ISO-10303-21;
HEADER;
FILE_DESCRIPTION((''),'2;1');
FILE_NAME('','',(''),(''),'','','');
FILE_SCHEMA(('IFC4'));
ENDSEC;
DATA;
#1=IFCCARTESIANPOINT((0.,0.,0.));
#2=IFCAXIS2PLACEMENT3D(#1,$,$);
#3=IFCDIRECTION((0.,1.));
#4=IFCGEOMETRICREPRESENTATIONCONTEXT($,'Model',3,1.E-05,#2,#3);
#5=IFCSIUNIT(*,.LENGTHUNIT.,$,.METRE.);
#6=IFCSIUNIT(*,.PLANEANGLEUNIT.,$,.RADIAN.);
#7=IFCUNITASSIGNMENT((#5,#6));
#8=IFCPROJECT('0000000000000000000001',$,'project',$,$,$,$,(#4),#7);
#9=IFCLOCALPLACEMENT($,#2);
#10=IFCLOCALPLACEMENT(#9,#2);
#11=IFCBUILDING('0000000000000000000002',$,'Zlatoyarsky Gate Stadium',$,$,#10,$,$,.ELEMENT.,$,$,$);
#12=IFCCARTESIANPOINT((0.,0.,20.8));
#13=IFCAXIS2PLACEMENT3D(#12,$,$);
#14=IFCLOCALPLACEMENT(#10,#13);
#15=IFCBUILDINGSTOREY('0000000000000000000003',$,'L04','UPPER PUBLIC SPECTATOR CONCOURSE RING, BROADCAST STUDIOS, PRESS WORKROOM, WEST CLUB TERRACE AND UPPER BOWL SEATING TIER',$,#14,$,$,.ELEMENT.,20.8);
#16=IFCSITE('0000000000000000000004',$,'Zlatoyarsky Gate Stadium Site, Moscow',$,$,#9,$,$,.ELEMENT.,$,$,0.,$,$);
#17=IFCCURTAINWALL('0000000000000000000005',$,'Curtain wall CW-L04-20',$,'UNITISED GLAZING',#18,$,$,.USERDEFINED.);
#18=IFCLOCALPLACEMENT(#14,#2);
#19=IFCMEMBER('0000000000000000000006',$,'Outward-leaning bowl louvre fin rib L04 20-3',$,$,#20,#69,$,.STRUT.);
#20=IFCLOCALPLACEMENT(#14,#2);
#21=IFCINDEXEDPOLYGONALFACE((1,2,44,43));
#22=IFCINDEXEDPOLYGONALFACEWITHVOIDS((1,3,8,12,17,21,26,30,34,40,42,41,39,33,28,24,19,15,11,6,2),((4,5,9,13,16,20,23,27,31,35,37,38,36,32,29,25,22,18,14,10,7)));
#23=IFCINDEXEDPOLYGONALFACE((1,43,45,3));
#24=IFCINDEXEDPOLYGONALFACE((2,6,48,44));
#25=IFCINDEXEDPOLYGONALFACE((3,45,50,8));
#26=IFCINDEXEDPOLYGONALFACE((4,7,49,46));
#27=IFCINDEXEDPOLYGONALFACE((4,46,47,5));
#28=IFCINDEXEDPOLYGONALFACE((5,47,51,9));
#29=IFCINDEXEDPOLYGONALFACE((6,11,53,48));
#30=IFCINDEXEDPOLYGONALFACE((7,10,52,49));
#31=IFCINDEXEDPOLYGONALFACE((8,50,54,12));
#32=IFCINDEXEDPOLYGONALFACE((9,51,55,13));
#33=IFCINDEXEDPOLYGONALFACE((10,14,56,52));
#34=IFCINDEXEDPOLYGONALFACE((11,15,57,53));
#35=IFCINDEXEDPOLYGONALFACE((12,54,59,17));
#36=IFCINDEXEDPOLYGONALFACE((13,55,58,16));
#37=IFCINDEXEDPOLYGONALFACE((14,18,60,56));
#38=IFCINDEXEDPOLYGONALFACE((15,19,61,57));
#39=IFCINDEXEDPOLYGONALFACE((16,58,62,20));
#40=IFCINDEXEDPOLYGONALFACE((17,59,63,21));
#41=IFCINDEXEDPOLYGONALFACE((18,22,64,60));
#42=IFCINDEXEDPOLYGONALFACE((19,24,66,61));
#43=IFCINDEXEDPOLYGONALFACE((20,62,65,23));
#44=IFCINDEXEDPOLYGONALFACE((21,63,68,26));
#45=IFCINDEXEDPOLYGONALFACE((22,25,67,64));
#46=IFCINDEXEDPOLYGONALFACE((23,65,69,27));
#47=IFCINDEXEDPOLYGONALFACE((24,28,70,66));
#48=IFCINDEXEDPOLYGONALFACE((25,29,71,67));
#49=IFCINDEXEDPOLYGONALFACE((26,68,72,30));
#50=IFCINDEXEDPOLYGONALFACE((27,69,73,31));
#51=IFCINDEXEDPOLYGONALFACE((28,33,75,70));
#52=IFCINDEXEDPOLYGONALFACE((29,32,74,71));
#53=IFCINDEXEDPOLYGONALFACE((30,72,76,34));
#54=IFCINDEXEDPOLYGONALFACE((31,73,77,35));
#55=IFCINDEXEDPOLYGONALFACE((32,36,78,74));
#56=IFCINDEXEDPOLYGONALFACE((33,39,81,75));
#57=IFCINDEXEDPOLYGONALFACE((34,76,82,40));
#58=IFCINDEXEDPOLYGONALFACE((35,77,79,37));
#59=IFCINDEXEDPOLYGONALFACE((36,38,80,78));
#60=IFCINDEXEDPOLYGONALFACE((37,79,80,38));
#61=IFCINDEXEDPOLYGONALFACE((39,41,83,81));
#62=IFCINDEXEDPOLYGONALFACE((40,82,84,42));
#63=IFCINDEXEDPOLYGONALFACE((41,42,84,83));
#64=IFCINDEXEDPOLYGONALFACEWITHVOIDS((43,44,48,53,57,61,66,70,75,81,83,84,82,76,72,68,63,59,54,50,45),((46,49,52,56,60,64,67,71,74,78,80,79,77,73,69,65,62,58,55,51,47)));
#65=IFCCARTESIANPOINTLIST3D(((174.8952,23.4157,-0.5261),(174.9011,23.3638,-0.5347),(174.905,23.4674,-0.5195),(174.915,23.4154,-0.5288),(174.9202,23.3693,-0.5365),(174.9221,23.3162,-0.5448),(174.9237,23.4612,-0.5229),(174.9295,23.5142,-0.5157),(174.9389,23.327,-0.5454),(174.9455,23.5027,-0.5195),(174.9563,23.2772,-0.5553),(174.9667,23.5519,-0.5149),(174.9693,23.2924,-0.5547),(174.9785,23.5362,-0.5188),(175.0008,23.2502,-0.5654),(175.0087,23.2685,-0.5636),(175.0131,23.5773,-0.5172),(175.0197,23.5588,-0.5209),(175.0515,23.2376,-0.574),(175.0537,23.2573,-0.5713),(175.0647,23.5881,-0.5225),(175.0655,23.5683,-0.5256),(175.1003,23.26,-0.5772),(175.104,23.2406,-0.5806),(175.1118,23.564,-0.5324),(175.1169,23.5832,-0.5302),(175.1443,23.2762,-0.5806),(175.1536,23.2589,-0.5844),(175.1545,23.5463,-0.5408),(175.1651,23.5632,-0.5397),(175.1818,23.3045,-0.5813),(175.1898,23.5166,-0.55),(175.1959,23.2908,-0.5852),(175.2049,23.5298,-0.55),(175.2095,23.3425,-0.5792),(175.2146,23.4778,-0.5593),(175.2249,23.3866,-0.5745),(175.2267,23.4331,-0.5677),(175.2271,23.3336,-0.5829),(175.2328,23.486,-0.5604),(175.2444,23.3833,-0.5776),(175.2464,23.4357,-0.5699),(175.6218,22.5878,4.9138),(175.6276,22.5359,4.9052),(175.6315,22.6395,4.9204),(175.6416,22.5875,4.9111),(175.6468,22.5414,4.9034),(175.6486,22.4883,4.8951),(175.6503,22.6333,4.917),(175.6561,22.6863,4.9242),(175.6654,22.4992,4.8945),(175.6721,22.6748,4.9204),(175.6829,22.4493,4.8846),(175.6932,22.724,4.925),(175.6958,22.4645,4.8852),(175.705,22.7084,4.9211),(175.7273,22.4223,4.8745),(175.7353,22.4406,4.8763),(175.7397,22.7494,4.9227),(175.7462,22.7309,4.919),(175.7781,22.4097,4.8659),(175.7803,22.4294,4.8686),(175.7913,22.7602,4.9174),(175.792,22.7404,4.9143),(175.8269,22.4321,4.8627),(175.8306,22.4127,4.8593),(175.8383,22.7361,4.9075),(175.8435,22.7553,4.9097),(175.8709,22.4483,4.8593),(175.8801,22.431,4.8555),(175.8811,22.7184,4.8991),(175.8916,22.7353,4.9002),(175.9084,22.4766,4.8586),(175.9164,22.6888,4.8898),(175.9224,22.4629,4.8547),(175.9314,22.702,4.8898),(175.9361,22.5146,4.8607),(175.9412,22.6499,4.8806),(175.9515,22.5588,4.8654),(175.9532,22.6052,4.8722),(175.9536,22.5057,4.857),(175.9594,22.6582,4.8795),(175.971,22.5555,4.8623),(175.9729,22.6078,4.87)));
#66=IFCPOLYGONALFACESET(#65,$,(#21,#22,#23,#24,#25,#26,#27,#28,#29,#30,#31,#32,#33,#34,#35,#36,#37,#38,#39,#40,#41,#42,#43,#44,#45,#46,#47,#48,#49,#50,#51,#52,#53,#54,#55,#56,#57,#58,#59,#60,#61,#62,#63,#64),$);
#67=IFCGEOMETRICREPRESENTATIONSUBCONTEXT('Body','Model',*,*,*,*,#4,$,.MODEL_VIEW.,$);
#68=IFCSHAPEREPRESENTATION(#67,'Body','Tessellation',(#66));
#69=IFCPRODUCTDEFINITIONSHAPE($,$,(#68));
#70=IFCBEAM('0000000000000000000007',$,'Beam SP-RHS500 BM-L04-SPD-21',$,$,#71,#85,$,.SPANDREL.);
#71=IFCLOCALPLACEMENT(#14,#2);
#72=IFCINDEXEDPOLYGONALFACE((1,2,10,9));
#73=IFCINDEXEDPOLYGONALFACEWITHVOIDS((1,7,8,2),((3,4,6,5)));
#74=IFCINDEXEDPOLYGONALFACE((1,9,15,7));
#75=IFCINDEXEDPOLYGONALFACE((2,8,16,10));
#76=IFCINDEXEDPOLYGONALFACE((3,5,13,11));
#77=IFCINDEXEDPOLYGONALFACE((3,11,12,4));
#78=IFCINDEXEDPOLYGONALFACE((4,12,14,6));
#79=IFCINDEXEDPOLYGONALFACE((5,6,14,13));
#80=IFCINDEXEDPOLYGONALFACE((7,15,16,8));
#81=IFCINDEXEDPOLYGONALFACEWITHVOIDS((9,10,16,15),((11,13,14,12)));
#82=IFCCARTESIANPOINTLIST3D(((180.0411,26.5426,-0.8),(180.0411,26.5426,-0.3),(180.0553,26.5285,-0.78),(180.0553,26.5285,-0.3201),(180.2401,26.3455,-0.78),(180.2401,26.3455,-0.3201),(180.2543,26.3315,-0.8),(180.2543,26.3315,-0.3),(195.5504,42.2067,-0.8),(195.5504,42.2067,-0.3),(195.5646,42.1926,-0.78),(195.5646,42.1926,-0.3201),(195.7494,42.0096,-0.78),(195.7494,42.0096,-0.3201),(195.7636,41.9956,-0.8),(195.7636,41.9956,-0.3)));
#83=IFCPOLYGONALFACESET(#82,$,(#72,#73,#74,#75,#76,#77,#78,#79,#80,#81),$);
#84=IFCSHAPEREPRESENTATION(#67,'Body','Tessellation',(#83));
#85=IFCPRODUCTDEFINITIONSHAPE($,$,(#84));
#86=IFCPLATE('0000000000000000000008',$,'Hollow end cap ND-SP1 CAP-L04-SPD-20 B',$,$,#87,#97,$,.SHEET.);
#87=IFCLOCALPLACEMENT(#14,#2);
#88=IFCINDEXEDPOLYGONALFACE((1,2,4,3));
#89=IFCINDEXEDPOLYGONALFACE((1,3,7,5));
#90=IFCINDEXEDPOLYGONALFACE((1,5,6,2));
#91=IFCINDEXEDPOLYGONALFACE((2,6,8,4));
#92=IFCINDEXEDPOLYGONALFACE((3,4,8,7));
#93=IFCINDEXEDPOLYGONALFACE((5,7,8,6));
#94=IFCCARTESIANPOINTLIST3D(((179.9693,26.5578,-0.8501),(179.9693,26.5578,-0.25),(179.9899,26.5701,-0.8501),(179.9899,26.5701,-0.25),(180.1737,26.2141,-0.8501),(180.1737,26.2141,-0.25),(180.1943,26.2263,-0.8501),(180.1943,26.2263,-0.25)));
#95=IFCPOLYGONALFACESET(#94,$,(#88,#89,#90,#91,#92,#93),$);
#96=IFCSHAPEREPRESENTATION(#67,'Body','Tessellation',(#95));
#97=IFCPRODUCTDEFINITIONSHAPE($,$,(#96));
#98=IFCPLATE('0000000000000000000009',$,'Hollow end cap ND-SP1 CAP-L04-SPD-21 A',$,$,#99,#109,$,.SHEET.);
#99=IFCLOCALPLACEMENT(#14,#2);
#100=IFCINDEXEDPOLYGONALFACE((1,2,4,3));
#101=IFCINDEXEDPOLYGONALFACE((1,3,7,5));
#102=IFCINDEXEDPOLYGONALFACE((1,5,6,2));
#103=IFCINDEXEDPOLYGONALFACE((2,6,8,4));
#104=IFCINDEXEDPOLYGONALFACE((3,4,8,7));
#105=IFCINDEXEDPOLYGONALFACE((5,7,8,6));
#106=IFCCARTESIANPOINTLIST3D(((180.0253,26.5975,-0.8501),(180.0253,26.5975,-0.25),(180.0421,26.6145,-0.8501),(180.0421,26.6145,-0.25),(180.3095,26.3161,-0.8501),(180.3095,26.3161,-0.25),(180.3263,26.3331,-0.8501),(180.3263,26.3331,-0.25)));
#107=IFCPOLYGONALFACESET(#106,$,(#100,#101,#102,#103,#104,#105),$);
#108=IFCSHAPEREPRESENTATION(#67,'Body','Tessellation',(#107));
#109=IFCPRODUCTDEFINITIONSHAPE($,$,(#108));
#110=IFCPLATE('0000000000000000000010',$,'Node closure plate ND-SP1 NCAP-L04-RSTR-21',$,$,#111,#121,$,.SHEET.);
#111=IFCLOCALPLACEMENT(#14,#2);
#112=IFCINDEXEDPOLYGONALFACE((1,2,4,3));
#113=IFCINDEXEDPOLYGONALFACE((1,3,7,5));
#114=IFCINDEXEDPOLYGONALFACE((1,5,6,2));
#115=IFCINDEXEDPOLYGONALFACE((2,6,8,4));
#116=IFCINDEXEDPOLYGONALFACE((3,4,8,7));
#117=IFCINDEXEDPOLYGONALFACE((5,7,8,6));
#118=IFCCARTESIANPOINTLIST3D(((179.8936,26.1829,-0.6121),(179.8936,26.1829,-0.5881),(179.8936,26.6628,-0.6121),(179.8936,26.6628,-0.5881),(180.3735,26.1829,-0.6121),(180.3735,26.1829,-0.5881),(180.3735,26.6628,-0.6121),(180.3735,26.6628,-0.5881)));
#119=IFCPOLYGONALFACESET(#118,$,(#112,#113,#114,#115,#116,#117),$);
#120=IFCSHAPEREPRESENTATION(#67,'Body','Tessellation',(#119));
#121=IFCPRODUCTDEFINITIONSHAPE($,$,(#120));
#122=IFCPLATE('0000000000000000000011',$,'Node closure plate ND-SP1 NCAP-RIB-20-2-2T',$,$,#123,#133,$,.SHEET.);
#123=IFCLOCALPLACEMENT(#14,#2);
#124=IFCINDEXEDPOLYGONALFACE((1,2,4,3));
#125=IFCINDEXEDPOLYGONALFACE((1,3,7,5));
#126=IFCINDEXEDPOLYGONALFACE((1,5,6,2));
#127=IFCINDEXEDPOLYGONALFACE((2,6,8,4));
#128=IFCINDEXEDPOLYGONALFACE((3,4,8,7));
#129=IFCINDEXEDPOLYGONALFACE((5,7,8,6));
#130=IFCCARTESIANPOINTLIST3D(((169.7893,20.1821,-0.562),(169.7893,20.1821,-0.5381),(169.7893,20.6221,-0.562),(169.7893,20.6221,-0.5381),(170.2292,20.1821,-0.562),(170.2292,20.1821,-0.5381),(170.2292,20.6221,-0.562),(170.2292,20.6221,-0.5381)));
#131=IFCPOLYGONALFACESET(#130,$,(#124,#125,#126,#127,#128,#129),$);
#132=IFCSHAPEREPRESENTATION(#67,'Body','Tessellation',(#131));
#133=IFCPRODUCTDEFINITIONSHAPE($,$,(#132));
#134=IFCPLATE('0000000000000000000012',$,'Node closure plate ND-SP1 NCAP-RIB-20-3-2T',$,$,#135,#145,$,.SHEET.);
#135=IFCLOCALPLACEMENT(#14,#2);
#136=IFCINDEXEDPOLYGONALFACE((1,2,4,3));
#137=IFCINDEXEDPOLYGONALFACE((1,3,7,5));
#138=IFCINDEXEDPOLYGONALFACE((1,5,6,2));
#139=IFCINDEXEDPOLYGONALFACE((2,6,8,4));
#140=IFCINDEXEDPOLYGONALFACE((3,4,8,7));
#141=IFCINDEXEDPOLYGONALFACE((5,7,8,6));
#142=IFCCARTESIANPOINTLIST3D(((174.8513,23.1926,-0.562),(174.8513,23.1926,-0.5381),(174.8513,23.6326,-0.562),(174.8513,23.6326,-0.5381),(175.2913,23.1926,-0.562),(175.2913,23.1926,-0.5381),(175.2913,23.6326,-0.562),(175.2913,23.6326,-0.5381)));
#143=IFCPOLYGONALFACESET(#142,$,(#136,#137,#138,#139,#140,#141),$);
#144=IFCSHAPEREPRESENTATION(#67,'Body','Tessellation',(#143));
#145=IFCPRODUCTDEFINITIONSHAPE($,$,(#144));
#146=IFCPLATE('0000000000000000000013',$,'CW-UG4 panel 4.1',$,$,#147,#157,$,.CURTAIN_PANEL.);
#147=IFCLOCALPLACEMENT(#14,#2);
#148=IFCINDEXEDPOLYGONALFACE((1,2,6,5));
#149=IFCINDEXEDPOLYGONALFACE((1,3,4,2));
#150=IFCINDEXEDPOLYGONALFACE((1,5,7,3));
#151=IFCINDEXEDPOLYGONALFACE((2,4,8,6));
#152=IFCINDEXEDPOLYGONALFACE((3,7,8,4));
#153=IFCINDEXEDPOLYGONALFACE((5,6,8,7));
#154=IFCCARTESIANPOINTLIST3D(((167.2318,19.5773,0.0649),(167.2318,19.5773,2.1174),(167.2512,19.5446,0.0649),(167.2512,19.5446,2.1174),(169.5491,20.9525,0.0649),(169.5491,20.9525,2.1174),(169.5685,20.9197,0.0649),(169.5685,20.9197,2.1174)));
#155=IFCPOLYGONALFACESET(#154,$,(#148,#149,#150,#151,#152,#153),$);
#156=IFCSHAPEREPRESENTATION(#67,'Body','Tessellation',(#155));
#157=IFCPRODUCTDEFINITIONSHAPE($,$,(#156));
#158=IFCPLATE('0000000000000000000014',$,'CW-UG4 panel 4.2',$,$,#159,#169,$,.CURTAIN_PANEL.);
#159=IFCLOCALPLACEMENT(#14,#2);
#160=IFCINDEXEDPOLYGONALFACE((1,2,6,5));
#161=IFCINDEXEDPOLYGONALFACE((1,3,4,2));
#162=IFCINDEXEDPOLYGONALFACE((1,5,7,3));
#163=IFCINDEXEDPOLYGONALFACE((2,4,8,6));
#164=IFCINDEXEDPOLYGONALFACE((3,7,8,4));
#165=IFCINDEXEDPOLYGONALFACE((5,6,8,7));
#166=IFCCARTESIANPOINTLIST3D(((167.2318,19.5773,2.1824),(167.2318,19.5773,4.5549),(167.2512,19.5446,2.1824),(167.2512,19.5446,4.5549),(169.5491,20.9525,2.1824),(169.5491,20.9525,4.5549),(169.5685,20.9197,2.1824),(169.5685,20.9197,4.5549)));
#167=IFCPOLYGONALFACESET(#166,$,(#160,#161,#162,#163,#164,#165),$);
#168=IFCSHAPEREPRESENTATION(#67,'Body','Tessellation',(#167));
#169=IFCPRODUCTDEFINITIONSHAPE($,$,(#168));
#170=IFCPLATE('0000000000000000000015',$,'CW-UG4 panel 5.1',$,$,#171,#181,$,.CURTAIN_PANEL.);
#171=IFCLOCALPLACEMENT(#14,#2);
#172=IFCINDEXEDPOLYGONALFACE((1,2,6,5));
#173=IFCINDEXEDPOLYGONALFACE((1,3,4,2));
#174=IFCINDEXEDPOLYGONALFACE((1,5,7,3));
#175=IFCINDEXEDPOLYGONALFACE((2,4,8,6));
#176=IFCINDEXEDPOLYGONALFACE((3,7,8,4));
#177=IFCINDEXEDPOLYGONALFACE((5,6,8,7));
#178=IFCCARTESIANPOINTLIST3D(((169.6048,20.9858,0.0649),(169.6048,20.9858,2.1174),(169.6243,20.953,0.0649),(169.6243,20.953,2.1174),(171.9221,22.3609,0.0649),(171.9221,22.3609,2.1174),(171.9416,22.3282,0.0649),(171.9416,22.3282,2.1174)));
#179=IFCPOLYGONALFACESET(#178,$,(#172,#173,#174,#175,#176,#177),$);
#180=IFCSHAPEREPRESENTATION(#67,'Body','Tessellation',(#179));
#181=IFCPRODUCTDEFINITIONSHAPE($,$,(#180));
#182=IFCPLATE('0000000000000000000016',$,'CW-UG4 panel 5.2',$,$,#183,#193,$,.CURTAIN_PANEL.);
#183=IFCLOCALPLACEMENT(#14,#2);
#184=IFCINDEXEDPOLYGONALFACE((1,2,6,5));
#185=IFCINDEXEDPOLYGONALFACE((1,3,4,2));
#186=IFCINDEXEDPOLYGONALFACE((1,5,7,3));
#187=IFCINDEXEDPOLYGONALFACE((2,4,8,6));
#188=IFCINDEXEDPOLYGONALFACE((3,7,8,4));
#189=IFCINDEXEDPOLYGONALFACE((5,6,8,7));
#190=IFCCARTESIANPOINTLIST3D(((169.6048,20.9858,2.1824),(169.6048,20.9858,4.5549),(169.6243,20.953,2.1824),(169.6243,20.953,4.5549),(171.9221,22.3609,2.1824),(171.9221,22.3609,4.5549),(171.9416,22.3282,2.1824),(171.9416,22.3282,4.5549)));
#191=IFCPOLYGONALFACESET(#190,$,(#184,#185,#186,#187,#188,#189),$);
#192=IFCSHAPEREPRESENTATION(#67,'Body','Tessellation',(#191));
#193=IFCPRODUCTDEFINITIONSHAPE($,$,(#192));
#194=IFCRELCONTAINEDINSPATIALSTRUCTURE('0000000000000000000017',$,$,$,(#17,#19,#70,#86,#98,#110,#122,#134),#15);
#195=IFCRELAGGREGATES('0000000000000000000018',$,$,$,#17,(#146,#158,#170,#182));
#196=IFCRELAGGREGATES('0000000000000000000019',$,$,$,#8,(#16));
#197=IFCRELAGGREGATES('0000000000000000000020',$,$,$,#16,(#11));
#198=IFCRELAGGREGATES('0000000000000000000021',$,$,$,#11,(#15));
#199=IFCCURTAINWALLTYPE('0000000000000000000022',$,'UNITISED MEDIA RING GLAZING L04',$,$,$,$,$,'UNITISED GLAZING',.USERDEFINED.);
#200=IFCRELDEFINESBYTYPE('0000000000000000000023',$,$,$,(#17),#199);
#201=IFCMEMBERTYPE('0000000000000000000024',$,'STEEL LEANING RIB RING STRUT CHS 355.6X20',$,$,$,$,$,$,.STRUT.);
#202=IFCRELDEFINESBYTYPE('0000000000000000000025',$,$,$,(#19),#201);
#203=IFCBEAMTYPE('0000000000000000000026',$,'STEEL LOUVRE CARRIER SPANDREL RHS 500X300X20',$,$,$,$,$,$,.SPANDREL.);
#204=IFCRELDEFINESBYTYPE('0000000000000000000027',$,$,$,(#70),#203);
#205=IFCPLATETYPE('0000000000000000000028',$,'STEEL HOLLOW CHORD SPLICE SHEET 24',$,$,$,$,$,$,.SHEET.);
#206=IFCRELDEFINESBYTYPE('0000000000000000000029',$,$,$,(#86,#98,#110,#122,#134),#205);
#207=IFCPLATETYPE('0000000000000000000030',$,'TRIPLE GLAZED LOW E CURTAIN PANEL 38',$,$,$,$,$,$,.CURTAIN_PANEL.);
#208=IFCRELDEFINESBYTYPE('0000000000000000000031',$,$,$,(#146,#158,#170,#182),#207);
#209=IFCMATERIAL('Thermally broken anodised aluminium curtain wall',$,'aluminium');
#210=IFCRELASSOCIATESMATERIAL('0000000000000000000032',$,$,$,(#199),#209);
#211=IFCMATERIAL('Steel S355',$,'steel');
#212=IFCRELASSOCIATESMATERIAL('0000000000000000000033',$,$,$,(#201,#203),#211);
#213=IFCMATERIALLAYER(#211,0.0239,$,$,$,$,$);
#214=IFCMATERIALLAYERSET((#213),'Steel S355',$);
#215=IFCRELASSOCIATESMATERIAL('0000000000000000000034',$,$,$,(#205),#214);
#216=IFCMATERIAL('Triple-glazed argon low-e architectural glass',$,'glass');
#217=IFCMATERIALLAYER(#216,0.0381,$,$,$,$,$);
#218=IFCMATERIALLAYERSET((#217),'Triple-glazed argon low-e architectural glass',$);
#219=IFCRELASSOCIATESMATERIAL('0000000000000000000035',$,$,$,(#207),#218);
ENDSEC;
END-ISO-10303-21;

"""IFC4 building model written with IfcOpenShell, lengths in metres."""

from ifc_helpers import new_model, si_unit, direction, frame, origin, origin_2d, place, context, subcontext, project, spatial, rectangle, hollow_rectangle, hollow_circle, extrude, material, layer, layer_set, material_profile, profile_set, type_object, element, aggregate, save


model = new_model("IFC4")

# Units and contexts
model_context = context("Model", 3, precision=1e-05, world=origin(), true_north=direction((0.0, 1.0)))
body_context = subcontext(model_context, "Body", "Model", "MODEL_VIEW")
ifc_project = project(units=[si_unit("LENGTHUNIT", "METRE"), si_unit("PLANEANGLEUNIT", "RADIAN")], contexts=[model_context])

# Site, building, storey
site_placement = place(None, origin())
site = spatial("IfcSite", under=ifc_project, at=site_placement, Name="Zlatoyarsky Gate Stadium Site, Moscow", CompositionType="ELEMENT", RefElevation=0.0)
building_placement = place(site_placement, origin())
building = spatial("IfcBuilding", under=site, at=building_placement, Name="Zlatoyarsky Gate Stadium", CompositionType="ELEMENT")
storey_placement = place(building_placement, frame((0.0, 0.0, 20.8)))
storey = spatial("IfcBuildingStorey", under=building, at=storey_placement, Name="L04", Description="UPPER PUBLIC SPECTATOR CONCOURSE RING, BROADCAST STUDIOS, PRESS WORKROOM, WEST CLUB TERRACE AND UPPER BOWL SEATING TIER", CompositionType="ELEMENT", Elevation=20.8)

# Curtain wall
ifc_material_1 = material(Name="Thermally broken anodised aluminium curtain wall", Category="aluminium")
curtain_wall_type = type_object("IfcCurtainWallType", Name="UNITISED MEDIA RING GLAZING L04", ElementType="UNITISED GLAZING", PredefinedType="USERDEFINED", material=ifc_material_1)
curtain_wall_1_placement = place(storey_placement, origin())
curtain_wall_1 = element("IfcCurtainWall", 1, at=curtain_wall_1_placement, inside=storey, type_object=curtain_wall_type, Name="Curtain wall CW-L04-20", ObjectType="UNITISED GLAZING", PredefinedType="USERDEFINED")

# Member
ifc_material_2 = material(Name="Steel S355", Category="steel")
ifc_material_profile_1 = material_profile(ifc_material_2, hollow_circle(Radius=0.1777, WallThickness=0.02, at=origin_2d()), Name="CHS 355.6X20")
ifc_profile_set_1 = profile_set([ifc_material_profile_1], Name="Steel S355")
member_type_1 = type_object("IfcMemberType", Name="STEEL LEANING RIB RING STRUT CHS 355.6X20", PredefinedType="STRUT", material=ifc_profile_set_1)
member_1_placement = place(storey_placement, frame((175.0713, 23.4126, -0.55), z_axis=(0.130904, -0.149159, 0.98011), x_axis=(0.751601, 0.659618, 0.0)))
element("IfcMember", 2, at=member_1_placement, inside=storey, type_object=member_type_1, Name="Outward-leaning bowl louvre fin rib L04 20-3", PredefinedType="STRUT", context=body_context, shape_type="SweptSolid", body=[
    extrude(hollow_circle(Radius=0.1777, WallThickness=0.02, at=origin_2d()), origin(), (0.0, 0.0, 1.0), 5.5503),
])

# Beam
ifc_material_profile_2 = material_profile(ifc_material_2, hollow_rectangle(XDim=0.3, YDim=0.5, WallThickness=0.02, at=origin_2d()), Name="RHS 500X300X20")
ifc_profile_set_2 = profile_set([ifc_material_profile_2], Name="Steel S355")
beam_type = type_object("IfcBeamType", Name="STEEL LOUVRE CARRIER SPANDREL RHS 500X300X20", PredefinedType="SPANDREL", material=ifc_profile_set_2)
beam_placement = place(storey_placement, frame((180.1477, 26.437, -0.55), z_axis=(0.703587, 0.710609, 0.0), x_axis=(-0.710609, 0.703587, 0.0)))
element("IfcBeam", 3, at=beam_placement, inside=storey, type_object=beam_type, Name="Beam SP-RHS500 BM-L04-SPD-21", PredefinedType="SPANDREL", context=body_context, shape_type="SweptSolid", body=[
    extrude(hollow_rectangle(XDim=0.3, YDim=0.5, WallThickness=0.02, at=origin_2d()), origin(), (0.0, 0.0, 1.0), 22.0432),
])

# Plates
ifc_layer_1 = layer(ifc_material_2, 0.0239)
ifc_layer_set_1 = layer_set([ifc_layer_1], Name="Steel S355")
plate_type_1 = type_object("IfcPlateType", Name="STEEL HOLLOW CHORD SPLICE SHEET 24", PredefinedType="SHEET", material=ifc_layer_set_1)
for number, where, z_axis, x_axis, name in (
    (4, (180.0818, 26.3921, -0.8501), (0.0, 0.0, 1.0), (0.859509, 0.51112, 0.0), "Hollow end cap ND-SP1 CAP-L04-SPD-20 B"),
    (5, (180.1758, 26.4653, -0.8501), (0.0, 0.0, 1.0), (0.703591, 0.710605, 0.0), "Hollow end cap ND-SP1 CAP-L04-SPD-21 A"),
):
    element("IfcPlate", number, at=place(storey_placement, frame(where, z_axis=z_axis, x_axis=x_axis)), inside=storey, type_object=plate_type_1, Name=name, PredefinedType="SHEET", context=body_context, shape_type="SweptSolid", body=[
        extrude(rectangle(XDim=0.0239, YDim=0.3999, at=origin_2d()), origin(), (0.0, 0.0, 1.0), 0.6001),
    ])
plate_1_placement = place(storey_placement, frame((180.1335, 26.4229, -0.6121), z_axis=(0.0, 0.0, 1.0), x_axis=(1.0, 0.0, 0.0)))
element("IfcPlate", 6, at=plate_1_placement, inside=storey, type_object=plate_type_1, Name="Node closure plate ND-SP1 NCAP-L04-RSTR-21", PredefinedType="SHEET", context=body_context, shape_type="SweptSolid", body=[
    extrude(rectangle(XDim=0.48, YDim=0.48, at=origin_2d()), origin(), (0.0, 0.0, 1.0), 0.0239),
])
for number, where, z_axis, x_axis, name in (
    (7, (170.0093, 20.4021, -0.562), (0.0, 0.0, 1.0), (1.0, 0.0, 0.0), "Node closure plate ND-SP1 NCAP-RIB-20-2-2T"),
    (8, (175.0713, 23.4126, -0.562), (0.0, 0.0, 1.0), (1.0, 0.0, 0.0), "Node closure plate ND-SP1 NCAP-RIB-20-3-2T"),
):
    element("IfcPlate", number, at=place(storey_placement, frame(where, z_axis=z_axis, x_axis=x_axis)), inside=storey, type_object=plate_type_1, Name=name, PredefinedType="SHEET", context=body_context, shape_type="SweptSolid", body=[
        extrude(rectangle(XDim=0.4399, YDim=0.4399, at=origin_2d()), origin(), (0.0, 0.0, 1.0), 0.0239),
    ])

# Plates
ifc_material_3 = material(Name="Triple-glazed argon low-e architectural glass", Category="glass")
ifc_layer_2 = layer(ifc_material_3, 0.0381)
ifc_layer_set_2 = layer_set([ifc_layer_2], Name="Triple-glazed argon low-e architectural glass")
plate_type_2 = type_object("IfcPlateType", Name="TRIPLE GLAZED LOW E CURTAIN PANEL 38", PredefinedType="CURTAIN_PANEL", material=ifc_layer_set_2)
plate_2_placement = place(storey_placement, frame((168.4001, 20.2485, 0.0649), z_axis=(0.0, 0.0, 1.0), x_axis=(0.859978, 0.51033, 0.0)))
plate_2 = element("IfcPlate", 9, at=plate_2_placement, type_object=plate_type_2, Name="CW-UG4 panel 4.1", PredefinedType="CURTAIN_PANEL", context=body_context, shape_type="SweptSolid", body=[
    extrude(rectangle(XDim=2.6946, YDim=0.0381, at=origin_2d()), origin(), (0.0, 0.0, 1.0), 2.0525),
])
plate_3_placement = place(storey_placement, frame((168.4001, 20.2485, 2.1824), z_axis=(0.0, 0.0, 1.0), x_axis=(0.859978, 0.51033, 0.0)))
plate_3 = element("IfcPlate", 10, at=plate_3_placement, type_object=plate_type_2, Name="CW-UG4 panel 4.2", PredefinedType="CURTAIN_PANEL", context=body_context, shape_type="SweptSolid", body=[
    extrude(rectangle(XDim=2.6946, YDim=0.0381, at=origin_2d()), origin(), (0.0, 0.0, 1.0), 2.3726),
])
plate_4_placement = place(storey_placement, frame((170.7732, 21.657, 0.0649), z_axis=(0.0, 0.0, 1.0), x_axis=(0.859978, 0.51033, 0.0)))
plate_4 = element("IfcPlate", 11, at=plate_4_placement, type_object=plate_type_2, Name="CW-UG4 panel 5.1", PredefinedType="CURTAIN_PANEL", context=body_context, shape_type="SweptSolid", body=[
    extrude(rectangle(XDim=2.6946, YDim=0.0381, at=origin_2d()), origin(), (0.0, 0.0, 1.0), 2.0525),
])
plate_5_placement = place(storey_placement, frame((170.7732, 21.657, 2.1824), z_axis=(0.0, 0.0, 1.0), x_axis=(0.859978, 0.51033, 0.0)))
plate_5 = element("IfcPlate", 12, at=plate_5_placement, type_object=plate_type_2, Name="CW-UG4 panel 5.2", PredefinedType="CURTAIN_PANEL", context=body_context, shape_type="SweptSolid", body=[
    extrude(rectangle(XDim=2.6946, YDim=0.0381, at=origin_2d()), origin(), (0.0, 0.0, 1.0), 2.3726),
])
aggregate(curtain_wall_1, [plate_2, plate_3, plate_4, plate_5])

save(model, "model.ifc")
